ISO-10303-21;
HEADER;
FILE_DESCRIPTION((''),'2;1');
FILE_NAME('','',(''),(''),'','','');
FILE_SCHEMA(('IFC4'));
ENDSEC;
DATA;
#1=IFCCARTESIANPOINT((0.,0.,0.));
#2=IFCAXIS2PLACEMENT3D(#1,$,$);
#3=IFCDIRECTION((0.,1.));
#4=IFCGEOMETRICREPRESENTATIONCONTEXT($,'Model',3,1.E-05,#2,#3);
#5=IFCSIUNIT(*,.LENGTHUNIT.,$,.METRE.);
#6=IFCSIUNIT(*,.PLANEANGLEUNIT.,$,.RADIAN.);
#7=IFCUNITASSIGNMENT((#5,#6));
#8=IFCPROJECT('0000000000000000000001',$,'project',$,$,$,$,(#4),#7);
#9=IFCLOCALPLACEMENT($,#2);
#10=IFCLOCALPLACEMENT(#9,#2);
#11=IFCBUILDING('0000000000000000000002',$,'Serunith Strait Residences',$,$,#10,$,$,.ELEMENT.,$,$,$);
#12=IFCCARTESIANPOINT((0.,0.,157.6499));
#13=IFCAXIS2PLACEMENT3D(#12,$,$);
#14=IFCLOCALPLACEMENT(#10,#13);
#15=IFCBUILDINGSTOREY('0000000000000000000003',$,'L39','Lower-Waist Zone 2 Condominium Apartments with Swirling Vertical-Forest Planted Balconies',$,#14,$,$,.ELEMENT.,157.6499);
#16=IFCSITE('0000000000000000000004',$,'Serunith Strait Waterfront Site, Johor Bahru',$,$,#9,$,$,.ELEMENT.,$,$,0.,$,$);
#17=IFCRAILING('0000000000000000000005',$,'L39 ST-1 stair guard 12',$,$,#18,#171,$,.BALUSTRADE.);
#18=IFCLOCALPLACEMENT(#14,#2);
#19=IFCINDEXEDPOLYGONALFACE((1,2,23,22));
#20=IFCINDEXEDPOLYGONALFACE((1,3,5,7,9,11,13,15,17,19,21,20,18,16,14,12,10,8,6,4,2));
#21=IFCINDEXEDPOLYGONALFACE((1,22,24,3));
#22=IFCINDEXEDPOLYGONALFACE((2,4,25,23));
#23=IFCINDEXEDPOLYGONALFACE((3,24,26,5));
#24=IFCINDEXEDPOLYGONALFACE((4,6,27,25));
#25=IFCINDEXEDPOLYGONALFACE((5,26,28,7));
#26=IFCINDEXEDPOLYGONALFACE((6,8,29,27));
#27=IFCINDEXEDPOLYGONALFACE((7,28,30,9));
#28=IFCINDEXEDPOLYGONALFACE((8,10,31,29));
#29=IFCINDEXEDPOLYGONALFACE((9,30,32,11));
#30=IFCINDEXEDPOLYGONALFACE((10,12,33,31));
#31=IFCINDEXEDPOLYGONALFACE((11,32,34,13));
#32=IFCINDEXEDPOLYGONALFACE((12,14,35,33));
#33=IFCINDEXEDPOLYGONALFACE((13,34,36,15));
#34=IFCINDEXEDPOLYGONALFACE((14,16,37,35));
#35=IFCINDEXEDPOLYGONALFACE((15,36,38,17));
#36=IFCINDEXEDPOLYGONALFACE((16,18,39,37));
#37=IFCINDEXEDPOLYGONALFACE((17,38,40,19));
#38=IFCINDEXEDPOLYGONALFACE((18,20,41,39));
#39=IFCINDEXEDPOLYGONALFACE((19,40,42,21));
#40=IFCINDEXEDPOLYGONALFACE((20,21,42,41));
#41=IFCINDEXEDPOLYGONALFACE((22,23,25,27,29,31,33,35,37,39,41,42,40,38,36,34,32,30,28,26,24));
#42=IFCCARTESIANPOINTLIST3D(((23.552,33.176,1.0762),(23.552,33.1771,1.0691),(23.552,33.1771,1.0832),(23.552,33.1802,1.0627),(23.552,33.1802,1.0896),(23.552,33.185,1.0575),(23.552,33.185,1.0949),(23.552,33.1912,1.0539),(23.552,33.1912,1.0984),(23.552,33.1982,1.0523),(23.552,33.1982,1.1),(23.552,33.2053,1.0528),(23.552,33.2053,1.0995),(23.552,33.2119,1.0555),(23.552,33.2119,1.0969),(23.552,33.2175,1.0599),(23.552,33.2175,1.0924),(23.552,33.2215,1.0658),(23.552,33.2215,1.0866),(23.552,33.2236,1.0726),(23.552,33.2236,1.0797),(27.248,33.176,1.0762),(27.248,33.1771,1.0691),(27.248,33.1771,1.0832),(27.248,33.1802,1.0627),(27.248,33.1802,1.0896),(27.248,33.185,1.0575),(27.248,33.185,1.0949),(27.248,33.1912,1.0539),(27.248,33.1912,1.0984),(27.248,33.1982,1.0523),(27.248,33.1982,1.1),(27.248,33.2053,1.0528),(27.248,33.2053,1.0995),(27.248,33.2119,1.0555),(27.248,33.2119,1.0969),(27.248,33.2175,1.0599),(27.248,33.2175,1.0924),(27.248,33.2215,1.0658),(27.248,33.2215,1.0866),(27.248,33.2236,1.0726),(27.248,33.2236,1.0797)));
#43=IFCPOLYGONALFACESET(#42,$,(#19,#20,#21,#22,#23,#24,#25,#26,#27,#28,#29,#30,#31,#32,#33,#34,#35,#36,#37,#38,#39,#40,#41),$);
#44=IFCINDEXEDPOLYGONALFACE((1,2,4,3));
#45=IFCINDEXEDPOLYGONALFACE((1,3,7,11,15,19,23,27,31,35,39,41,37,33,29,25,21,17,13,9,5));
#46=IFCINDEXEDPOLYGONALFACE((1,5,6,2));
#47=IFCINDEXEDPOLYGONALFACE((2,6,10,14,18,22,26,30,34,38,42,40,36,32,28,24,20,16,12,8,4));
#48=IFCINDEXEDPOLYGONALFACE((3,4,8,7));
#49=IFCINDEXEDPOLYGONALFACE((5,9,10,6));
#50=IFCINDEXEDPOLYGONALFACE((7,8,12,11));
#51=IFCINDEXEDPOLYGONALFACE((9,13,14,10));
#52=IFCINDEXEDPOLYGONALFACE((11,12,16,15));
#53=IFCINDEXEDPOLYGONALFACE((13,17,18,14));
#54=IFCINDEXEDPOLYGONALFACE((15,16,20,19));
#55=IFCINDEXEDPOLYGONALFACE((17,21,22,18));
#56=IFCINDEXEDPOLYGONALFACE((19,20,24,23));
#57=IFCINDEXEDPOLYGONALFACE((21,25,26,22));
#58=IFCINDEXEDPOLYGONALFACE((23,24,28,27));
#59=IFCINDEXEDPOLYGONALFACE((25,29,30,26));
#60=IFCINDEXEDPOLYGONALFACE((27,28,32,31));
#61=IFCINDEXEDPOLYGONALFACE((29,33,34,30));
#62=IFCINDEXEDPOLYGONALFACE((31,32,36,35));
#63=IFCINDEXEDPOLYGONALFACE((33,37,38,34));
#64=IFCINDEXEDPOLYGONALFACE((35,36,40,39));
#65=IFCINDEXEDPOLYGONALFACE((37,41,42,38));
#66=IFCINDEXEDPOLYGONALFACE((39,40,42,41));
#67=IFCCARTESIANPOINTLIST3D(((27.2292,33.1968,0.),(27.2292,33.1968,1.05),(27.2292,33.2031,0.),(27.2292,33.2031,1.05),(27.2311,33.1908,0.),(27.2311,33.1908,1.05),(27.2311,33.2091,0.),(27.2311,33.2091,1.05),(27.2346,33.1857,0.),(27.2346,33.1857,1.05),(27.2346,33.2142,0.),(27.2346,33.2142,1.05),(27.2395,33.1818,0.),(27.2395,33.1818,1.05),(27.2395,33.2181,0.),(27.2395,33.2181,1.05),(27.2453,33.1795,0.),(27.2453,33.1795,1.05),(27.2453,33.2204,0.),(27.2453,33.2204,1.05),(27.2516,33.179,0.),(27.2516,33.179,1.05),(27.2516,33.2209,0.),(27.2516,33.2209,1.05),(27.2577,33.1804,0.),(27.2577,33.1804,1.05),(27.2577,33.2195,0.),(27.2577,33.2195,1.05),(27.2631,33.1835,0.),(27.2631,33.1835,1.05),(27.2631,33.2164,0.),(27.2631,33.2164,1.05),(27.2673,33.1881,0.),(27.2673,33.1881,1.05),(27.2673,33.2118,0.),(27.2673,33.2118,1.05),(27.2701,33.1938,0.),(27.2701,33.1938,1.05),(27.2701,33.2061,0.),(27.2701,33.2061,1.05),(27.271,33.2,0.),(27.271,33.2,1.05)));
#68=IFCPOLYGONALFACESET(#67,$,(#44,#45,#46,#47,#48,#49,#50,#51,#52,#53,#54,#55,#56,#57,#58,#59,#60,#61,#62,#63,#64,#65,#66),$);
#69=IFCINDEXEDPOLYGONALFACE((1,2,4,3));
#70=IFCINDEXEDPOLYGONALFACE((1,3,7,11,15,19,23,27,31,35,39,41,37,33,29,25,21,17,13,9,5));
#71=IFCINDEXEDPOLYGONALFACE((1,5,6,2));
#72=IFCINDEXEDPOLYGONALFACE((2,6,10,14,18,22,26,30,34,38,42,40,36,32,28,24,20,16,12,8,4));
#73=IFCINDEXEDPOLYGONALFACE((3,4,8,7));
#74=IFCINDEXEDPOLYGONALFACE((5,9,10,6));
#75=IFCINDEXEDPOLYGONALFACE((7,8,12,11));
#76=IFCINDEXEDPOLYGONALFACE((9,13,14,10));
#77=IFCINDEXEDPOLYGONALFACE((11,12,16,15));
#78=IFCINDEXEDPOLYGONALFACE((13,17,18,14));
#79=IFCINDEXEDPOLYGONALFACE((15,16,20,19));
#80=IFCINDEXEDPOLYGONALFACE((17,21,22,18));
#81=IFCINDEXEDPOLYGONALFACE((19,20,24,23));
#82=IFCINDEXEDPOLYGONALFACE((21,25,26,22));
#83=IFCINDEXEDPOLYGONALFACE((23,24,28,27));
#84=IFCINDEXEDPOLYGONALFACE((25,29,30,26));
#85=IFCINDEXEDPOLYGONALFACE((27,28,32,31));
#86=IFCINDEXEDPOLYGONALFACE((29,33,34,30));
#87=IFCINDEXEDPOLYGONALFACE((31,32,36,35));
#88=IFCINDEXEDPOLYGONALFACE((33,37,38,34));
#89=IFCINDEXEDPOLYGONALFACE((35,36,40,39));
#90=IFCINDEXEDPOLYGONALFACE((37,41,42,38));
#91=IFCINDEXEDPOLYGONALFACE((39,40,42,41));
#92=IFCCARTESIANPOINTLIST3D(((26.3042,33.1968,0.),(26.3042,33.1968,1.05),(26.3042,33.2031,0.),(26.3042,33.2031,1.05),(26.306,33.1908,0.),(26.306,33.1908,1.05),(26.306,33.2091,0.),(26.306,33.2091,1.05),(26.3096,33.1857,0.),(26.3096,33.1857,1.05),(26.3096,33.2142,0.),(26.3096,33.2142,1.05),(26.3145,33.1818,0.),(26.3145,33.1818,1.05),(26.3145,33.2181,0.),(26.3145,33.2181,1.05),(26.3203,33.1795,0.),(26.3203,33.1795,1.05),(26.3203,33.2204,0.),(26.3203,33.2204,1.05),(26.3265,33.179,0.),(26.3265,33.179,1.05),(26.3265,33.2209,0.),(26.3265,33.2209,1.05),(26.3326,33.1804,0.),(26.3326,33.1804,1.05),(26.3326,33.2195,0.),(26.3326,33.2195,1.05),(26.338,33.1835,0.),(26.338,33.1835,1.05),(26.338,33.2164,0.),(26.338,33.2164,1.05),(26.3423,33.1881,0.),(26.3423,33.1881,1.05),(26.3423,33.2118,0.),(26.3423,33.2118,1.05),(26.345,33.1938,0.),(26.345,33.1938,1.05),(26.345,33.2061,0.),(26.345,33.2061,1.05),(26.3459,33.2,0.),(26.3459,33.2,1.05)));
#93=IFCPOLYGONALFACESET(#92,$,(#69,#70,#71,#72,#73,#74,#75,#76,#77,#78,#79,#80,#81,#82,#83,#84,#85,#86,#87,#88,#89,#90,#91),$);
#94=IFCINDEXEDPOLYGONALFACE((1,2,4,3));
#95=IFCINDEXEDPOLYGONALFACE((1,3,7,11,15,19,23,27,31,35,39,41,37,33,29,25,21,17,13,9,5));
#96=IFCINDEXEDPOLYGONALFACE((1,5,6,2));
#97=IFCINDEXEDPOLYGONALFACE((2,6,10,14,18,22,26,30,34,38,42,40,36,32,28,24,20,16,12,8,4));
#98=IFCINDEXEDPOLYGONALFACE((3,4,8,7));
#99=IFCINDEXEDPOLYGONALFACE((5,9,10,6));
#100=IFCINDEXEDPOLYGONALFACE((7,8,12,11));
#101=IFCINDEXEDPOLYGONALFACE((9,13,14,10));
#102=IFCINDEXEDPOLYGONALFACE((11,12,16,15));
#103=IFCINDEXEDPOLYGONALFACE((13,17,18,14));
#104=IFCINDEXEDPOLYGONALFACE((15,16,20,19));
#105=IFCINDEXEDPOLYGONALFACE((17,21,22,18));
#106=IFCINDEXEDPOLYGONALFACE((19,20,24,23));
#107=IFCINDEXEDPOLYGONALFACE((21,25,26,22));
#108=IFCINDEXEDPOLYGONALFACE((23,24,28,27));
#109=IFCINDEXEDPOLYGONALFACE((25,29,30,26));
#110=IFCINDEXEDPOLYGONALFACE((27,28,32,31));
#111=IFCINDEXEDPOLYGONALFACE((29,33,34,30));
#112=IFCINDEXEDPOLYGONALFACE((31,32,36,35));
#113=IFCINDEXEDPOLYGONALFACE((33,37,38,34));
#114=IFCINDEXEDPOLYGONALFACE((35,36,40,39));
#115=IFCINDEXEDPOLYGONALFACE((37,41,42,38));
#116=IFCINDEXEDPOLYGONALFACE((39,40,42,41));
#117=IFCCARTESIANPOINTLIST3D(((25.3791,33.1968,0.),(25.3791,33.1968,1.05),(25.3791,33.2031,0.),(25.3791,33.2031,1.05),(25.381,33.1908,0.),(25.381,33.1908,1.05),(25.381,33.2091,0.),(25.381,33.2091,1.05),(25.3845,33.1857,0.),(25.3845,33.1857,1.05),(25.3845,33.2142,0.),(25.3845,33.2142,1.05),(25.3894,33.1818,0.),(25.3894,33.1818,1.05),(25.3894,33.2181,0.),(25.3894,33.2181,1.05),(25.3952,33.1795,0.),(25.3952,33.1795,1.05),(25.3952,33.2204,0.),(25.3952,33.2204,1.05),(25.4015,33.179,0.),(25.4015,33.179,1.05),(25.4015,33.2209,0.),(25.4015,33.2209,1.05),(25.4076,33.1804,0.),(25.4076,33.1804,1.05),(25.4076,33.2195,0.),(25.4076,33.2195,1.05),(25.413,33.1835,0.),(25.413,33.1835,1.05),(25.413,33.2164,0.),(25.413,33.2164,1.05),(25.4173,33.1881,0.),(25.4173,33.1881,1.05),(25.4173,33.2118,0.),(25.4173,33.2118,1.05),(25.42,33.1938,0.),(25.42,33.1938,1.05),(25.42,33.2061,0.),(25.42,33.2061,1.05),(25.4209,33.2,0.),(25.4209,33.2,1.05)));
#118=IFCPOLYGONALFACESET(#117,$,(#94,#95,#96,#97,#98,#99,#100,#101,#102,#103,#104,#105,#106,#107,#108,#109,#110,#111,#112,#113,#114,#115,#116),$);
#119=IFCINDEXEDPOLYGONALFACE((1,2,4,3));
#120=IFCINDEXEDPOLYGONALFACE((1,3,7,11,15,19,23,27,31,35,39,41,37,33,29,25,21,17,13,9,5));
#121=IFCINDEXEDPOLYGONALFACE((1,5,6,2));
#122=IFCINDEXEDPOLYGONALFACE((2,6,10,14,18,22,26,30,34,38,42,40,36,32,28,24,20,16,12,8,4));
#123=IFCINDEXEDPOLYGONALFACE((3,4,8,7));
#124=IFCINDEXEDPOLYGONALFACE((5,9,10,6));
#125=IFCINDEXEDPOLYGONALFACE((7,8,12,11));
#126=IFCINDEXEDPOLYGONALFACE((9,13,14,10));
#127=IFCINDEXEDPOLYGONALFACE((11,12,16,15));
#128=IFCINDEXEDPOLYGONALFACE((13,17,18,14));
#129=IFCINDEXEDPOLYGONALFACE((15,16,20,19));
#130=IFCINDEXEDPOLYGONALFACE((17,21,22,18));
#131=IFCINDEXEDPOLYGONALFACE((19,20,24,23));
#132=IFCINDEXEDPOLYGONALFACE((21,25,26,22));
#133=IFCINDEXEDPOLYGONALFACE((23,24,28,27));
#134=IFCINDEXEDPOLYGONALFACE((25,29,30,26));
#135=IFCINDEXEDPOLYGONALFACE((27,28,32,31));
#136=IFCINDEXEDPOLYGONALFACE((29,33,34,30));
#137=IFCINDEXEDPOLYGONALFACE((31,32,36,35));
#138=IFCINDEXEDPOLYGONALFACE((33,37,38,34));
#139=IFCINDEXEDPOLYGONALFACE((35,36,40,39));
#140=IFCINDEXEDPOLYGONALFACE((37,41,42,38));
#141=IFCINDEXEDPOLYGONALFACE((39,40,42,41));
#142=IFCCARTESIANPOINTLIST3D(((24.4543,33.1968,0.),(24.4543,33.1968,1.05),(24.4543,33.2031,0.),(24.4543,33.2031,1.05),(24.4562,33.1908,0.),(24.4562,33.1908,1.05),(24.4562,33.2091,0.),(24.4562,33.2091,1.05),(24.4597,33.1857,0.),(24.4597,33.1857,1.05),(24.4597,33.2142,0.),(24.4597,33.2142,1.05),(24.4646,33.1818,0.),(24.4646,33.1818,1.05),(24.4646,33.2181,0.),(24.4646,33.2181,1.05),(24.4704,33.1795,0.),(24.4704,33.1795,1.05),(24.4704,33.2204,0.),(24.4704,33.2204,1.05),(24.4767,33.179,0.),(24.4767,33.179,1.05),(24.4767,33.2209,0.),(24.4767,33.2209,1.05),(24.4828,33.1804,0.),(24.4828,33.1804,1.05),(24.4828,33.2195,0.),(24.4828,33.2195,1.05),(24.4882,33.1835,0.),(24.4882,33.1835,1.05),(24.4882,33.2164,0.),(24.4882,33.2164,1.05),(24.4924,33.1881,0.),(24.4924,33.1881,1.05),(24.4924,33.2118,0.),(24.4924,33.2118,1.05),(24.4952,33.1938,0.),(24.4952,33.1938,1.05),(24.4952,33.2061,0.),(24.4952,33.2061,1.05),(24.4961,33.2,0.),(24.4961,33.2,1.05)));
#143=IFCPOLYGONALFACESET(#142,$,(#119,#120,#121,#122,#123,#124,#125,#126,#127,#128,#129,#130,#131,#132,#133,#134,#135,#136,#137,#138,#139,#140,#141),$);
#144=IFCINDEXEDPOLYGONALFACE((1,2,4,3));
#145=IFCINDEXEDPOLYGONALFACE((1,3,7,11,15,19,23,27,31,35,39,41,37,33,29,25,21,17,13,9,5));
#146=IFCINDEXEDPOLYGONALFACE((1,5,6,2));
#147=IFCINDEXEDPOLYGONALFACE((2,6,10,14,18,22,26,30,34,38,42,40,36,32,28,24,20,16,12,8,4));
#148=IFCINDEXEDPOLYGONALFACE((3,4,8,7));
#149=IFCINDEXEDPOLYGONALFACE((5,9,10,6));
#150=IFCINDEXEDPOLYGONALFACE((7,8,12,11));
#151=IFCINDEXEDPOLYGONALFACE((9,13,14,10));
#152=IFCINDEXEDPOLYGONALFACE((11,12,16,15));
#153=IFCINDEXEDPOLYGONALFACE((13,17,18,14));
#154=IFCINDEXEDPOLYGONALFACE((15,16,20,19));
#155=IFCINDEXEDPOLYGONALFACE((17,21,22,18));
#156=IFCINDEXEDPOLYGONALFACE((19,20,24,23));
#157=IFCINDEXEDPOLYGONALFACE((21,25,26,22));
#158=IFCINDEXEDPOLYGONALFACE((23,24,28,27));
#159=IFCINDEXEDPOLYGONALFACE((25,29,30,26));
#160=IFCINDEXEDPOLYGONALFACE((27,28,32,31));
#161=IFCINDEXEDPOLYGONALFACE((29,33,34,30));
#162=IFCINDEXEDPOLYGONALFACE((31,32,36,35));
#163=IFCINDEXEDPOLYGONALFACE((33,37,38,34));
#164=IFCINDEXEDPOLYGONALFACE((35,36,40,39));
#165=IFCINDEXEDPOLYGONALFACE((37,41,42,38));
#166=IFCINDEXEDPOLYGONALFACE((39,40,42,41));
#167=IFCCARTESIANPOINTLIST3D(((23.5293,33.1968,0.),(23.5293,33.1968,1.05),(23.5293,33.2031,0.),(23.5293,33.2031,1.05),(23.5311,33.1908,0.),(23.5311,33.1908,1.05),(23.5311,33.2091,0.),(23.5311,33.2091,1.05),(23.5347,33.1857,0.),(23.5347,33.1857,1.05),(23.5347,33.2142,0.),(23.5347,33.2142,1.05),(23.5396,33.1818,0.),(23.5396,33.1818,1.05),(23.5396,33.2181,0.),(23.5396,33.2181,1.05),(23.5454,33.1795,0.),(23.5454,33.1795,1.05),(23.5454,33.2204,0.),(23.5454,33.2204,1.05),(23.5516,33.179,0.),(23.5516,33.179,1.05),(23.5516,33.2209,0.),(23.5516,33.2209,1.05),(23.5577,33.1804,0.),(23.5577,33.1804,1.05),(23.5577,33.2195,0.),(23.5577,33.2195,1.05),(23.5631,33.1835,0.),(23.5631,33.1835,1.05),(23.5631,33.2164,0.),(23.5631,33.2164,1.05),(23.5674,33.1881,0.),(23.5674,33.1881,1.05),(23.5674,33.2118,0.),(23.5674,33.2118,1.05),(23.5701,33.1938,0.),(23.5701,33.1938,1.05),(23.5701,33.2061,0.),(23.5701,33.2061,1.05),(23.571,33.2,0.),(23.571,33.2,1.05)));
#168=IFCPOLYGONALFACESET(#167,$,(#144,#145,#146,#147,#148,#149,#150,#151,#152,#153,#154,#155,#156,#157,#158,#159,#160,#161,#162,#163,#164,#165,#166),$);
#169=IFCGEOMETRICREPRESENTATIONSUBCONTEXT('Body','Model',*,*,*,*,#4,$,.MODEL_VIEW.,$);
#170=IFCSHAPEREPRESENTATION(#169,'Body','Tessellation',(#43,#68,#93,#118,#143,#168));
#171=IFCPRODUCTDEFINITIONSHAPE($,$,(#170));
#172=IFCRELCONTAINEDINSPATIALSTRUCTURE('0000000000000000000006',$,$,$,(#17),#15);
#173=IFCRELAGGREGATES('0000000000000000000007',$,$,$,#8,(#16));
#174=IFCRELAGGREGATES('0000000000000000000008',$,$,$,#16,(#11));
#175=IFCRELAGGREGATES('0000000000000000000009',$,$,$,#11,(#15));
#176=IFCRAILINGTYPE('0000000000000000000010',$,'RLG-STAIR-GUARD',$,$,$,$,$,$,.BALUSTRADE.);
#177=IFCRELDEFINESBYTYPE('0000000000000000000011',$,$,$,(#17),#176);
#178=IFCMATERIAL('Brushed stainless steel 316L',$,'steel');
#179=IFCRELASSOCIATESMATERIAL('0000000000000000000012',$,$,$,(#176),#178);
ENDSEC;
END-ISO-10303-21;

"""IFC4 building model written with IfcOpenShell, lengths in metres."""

from ifc_helpers import new_model, si_unit, direction, frame, origin, origin_2d, place, context, subcontext, project, spatial, circle, extrude, material, type_object, element, save


model = new_model("IFC4")

# Units and contexts
model_context = context("Model", 3, precision=1e-05, world=origin(), true_north=direction((0.0, 1.0)))
body_context = subcontext(model_context, "Body", "Model", "MODEL_VIEW")
ifc_project = project(units=[si_unit("LENGTHUNIT", "METRE"), si_unit("PLANEANGLEUNIT", "RADIAN")], contexts=[model_context])

# Site, building, storey
site_placement = place(None, origin())
site = spatial("IfcSite", under=ifc_project, at=site_placement, Name="Serunith Strait Waterfront Site, Johor Bahru", CompositionType="ELEMENT", RefElevation=0.0)
building_placement = place(site_placement, origin())
building = spatial("IfcBuilding", under=site, at=building_placement, Name="Serunith Strait Residences", CompositionType="ELEMENT")
storey_placement = place(building_placement, frame((0.0, 0.0, 157.6499)))
storey = spatial("IfcBuildingStorey", under=building, at=storey_placement, Name="L39", Description="Lower-Waist Zone 2 Condominium Apartments with Swirling Vertical-Forest Planted Balconies", CompositionType="ELEMENT", Elevation=157.6499)

# Railing
ifc_material_1 = material(Name="Brushed stainless steel 316L", Category="steel")
railing_type = type_object("IfcRailingType", Name="RLG-STAIR-GUARD", PredefinedType="BALUSTRADE", material=ifc_material_1)
railing_1_placement = place(storey_placement, frame((27.25, 33.2, 0.0)))
element("IfcRailing", 1, at=railing_1_placement, inside=storey, type_object=railing_type, Name="L39 ST-1 stair guard 12", PredefinedType="BALUSTRADE", context=body_context, shape_type="SweptSolid", body=[
    extrude(circle(Radius=0.0239, at=origin_2d()), frame((-0.002, 0.0, 1.0762), z_axis=(-1.0, 0.0, 0.0), x_axis=(0.0, -1.0, 0.0)), (0.0, 0.0, 1.0), 3.696),
    extrude(circle(Radius=0.021, at=origin_2d()), origin(), (0.0, 0.0, 1.0), 1.05),
    extrude(circle(Radius=0.021, at=origin_2d()), frame((-0.925, 0.0, 0.0)), (0.0, 0.0, 1.0), 1.05),
    extrude(circle(Radius=0.021, at=origin_2d()), frame((-1.8501, 0.0, 0.0)), (0.0, 0.0, 1.0), 1.05),
    extrude(circle(Radius=0.021, at=origin_2d()), frame((-2.7749, 0.0, 0.0)), (0.0, 0.0, 1.0), 1.05),
    extrude(circle(Radius=0.021, at=origin_2d()), frame((-3.7, 0.0, 0.0)), (0.0, 0.0, 1.0), 1.05),
])

save(model, "model.ifc")
